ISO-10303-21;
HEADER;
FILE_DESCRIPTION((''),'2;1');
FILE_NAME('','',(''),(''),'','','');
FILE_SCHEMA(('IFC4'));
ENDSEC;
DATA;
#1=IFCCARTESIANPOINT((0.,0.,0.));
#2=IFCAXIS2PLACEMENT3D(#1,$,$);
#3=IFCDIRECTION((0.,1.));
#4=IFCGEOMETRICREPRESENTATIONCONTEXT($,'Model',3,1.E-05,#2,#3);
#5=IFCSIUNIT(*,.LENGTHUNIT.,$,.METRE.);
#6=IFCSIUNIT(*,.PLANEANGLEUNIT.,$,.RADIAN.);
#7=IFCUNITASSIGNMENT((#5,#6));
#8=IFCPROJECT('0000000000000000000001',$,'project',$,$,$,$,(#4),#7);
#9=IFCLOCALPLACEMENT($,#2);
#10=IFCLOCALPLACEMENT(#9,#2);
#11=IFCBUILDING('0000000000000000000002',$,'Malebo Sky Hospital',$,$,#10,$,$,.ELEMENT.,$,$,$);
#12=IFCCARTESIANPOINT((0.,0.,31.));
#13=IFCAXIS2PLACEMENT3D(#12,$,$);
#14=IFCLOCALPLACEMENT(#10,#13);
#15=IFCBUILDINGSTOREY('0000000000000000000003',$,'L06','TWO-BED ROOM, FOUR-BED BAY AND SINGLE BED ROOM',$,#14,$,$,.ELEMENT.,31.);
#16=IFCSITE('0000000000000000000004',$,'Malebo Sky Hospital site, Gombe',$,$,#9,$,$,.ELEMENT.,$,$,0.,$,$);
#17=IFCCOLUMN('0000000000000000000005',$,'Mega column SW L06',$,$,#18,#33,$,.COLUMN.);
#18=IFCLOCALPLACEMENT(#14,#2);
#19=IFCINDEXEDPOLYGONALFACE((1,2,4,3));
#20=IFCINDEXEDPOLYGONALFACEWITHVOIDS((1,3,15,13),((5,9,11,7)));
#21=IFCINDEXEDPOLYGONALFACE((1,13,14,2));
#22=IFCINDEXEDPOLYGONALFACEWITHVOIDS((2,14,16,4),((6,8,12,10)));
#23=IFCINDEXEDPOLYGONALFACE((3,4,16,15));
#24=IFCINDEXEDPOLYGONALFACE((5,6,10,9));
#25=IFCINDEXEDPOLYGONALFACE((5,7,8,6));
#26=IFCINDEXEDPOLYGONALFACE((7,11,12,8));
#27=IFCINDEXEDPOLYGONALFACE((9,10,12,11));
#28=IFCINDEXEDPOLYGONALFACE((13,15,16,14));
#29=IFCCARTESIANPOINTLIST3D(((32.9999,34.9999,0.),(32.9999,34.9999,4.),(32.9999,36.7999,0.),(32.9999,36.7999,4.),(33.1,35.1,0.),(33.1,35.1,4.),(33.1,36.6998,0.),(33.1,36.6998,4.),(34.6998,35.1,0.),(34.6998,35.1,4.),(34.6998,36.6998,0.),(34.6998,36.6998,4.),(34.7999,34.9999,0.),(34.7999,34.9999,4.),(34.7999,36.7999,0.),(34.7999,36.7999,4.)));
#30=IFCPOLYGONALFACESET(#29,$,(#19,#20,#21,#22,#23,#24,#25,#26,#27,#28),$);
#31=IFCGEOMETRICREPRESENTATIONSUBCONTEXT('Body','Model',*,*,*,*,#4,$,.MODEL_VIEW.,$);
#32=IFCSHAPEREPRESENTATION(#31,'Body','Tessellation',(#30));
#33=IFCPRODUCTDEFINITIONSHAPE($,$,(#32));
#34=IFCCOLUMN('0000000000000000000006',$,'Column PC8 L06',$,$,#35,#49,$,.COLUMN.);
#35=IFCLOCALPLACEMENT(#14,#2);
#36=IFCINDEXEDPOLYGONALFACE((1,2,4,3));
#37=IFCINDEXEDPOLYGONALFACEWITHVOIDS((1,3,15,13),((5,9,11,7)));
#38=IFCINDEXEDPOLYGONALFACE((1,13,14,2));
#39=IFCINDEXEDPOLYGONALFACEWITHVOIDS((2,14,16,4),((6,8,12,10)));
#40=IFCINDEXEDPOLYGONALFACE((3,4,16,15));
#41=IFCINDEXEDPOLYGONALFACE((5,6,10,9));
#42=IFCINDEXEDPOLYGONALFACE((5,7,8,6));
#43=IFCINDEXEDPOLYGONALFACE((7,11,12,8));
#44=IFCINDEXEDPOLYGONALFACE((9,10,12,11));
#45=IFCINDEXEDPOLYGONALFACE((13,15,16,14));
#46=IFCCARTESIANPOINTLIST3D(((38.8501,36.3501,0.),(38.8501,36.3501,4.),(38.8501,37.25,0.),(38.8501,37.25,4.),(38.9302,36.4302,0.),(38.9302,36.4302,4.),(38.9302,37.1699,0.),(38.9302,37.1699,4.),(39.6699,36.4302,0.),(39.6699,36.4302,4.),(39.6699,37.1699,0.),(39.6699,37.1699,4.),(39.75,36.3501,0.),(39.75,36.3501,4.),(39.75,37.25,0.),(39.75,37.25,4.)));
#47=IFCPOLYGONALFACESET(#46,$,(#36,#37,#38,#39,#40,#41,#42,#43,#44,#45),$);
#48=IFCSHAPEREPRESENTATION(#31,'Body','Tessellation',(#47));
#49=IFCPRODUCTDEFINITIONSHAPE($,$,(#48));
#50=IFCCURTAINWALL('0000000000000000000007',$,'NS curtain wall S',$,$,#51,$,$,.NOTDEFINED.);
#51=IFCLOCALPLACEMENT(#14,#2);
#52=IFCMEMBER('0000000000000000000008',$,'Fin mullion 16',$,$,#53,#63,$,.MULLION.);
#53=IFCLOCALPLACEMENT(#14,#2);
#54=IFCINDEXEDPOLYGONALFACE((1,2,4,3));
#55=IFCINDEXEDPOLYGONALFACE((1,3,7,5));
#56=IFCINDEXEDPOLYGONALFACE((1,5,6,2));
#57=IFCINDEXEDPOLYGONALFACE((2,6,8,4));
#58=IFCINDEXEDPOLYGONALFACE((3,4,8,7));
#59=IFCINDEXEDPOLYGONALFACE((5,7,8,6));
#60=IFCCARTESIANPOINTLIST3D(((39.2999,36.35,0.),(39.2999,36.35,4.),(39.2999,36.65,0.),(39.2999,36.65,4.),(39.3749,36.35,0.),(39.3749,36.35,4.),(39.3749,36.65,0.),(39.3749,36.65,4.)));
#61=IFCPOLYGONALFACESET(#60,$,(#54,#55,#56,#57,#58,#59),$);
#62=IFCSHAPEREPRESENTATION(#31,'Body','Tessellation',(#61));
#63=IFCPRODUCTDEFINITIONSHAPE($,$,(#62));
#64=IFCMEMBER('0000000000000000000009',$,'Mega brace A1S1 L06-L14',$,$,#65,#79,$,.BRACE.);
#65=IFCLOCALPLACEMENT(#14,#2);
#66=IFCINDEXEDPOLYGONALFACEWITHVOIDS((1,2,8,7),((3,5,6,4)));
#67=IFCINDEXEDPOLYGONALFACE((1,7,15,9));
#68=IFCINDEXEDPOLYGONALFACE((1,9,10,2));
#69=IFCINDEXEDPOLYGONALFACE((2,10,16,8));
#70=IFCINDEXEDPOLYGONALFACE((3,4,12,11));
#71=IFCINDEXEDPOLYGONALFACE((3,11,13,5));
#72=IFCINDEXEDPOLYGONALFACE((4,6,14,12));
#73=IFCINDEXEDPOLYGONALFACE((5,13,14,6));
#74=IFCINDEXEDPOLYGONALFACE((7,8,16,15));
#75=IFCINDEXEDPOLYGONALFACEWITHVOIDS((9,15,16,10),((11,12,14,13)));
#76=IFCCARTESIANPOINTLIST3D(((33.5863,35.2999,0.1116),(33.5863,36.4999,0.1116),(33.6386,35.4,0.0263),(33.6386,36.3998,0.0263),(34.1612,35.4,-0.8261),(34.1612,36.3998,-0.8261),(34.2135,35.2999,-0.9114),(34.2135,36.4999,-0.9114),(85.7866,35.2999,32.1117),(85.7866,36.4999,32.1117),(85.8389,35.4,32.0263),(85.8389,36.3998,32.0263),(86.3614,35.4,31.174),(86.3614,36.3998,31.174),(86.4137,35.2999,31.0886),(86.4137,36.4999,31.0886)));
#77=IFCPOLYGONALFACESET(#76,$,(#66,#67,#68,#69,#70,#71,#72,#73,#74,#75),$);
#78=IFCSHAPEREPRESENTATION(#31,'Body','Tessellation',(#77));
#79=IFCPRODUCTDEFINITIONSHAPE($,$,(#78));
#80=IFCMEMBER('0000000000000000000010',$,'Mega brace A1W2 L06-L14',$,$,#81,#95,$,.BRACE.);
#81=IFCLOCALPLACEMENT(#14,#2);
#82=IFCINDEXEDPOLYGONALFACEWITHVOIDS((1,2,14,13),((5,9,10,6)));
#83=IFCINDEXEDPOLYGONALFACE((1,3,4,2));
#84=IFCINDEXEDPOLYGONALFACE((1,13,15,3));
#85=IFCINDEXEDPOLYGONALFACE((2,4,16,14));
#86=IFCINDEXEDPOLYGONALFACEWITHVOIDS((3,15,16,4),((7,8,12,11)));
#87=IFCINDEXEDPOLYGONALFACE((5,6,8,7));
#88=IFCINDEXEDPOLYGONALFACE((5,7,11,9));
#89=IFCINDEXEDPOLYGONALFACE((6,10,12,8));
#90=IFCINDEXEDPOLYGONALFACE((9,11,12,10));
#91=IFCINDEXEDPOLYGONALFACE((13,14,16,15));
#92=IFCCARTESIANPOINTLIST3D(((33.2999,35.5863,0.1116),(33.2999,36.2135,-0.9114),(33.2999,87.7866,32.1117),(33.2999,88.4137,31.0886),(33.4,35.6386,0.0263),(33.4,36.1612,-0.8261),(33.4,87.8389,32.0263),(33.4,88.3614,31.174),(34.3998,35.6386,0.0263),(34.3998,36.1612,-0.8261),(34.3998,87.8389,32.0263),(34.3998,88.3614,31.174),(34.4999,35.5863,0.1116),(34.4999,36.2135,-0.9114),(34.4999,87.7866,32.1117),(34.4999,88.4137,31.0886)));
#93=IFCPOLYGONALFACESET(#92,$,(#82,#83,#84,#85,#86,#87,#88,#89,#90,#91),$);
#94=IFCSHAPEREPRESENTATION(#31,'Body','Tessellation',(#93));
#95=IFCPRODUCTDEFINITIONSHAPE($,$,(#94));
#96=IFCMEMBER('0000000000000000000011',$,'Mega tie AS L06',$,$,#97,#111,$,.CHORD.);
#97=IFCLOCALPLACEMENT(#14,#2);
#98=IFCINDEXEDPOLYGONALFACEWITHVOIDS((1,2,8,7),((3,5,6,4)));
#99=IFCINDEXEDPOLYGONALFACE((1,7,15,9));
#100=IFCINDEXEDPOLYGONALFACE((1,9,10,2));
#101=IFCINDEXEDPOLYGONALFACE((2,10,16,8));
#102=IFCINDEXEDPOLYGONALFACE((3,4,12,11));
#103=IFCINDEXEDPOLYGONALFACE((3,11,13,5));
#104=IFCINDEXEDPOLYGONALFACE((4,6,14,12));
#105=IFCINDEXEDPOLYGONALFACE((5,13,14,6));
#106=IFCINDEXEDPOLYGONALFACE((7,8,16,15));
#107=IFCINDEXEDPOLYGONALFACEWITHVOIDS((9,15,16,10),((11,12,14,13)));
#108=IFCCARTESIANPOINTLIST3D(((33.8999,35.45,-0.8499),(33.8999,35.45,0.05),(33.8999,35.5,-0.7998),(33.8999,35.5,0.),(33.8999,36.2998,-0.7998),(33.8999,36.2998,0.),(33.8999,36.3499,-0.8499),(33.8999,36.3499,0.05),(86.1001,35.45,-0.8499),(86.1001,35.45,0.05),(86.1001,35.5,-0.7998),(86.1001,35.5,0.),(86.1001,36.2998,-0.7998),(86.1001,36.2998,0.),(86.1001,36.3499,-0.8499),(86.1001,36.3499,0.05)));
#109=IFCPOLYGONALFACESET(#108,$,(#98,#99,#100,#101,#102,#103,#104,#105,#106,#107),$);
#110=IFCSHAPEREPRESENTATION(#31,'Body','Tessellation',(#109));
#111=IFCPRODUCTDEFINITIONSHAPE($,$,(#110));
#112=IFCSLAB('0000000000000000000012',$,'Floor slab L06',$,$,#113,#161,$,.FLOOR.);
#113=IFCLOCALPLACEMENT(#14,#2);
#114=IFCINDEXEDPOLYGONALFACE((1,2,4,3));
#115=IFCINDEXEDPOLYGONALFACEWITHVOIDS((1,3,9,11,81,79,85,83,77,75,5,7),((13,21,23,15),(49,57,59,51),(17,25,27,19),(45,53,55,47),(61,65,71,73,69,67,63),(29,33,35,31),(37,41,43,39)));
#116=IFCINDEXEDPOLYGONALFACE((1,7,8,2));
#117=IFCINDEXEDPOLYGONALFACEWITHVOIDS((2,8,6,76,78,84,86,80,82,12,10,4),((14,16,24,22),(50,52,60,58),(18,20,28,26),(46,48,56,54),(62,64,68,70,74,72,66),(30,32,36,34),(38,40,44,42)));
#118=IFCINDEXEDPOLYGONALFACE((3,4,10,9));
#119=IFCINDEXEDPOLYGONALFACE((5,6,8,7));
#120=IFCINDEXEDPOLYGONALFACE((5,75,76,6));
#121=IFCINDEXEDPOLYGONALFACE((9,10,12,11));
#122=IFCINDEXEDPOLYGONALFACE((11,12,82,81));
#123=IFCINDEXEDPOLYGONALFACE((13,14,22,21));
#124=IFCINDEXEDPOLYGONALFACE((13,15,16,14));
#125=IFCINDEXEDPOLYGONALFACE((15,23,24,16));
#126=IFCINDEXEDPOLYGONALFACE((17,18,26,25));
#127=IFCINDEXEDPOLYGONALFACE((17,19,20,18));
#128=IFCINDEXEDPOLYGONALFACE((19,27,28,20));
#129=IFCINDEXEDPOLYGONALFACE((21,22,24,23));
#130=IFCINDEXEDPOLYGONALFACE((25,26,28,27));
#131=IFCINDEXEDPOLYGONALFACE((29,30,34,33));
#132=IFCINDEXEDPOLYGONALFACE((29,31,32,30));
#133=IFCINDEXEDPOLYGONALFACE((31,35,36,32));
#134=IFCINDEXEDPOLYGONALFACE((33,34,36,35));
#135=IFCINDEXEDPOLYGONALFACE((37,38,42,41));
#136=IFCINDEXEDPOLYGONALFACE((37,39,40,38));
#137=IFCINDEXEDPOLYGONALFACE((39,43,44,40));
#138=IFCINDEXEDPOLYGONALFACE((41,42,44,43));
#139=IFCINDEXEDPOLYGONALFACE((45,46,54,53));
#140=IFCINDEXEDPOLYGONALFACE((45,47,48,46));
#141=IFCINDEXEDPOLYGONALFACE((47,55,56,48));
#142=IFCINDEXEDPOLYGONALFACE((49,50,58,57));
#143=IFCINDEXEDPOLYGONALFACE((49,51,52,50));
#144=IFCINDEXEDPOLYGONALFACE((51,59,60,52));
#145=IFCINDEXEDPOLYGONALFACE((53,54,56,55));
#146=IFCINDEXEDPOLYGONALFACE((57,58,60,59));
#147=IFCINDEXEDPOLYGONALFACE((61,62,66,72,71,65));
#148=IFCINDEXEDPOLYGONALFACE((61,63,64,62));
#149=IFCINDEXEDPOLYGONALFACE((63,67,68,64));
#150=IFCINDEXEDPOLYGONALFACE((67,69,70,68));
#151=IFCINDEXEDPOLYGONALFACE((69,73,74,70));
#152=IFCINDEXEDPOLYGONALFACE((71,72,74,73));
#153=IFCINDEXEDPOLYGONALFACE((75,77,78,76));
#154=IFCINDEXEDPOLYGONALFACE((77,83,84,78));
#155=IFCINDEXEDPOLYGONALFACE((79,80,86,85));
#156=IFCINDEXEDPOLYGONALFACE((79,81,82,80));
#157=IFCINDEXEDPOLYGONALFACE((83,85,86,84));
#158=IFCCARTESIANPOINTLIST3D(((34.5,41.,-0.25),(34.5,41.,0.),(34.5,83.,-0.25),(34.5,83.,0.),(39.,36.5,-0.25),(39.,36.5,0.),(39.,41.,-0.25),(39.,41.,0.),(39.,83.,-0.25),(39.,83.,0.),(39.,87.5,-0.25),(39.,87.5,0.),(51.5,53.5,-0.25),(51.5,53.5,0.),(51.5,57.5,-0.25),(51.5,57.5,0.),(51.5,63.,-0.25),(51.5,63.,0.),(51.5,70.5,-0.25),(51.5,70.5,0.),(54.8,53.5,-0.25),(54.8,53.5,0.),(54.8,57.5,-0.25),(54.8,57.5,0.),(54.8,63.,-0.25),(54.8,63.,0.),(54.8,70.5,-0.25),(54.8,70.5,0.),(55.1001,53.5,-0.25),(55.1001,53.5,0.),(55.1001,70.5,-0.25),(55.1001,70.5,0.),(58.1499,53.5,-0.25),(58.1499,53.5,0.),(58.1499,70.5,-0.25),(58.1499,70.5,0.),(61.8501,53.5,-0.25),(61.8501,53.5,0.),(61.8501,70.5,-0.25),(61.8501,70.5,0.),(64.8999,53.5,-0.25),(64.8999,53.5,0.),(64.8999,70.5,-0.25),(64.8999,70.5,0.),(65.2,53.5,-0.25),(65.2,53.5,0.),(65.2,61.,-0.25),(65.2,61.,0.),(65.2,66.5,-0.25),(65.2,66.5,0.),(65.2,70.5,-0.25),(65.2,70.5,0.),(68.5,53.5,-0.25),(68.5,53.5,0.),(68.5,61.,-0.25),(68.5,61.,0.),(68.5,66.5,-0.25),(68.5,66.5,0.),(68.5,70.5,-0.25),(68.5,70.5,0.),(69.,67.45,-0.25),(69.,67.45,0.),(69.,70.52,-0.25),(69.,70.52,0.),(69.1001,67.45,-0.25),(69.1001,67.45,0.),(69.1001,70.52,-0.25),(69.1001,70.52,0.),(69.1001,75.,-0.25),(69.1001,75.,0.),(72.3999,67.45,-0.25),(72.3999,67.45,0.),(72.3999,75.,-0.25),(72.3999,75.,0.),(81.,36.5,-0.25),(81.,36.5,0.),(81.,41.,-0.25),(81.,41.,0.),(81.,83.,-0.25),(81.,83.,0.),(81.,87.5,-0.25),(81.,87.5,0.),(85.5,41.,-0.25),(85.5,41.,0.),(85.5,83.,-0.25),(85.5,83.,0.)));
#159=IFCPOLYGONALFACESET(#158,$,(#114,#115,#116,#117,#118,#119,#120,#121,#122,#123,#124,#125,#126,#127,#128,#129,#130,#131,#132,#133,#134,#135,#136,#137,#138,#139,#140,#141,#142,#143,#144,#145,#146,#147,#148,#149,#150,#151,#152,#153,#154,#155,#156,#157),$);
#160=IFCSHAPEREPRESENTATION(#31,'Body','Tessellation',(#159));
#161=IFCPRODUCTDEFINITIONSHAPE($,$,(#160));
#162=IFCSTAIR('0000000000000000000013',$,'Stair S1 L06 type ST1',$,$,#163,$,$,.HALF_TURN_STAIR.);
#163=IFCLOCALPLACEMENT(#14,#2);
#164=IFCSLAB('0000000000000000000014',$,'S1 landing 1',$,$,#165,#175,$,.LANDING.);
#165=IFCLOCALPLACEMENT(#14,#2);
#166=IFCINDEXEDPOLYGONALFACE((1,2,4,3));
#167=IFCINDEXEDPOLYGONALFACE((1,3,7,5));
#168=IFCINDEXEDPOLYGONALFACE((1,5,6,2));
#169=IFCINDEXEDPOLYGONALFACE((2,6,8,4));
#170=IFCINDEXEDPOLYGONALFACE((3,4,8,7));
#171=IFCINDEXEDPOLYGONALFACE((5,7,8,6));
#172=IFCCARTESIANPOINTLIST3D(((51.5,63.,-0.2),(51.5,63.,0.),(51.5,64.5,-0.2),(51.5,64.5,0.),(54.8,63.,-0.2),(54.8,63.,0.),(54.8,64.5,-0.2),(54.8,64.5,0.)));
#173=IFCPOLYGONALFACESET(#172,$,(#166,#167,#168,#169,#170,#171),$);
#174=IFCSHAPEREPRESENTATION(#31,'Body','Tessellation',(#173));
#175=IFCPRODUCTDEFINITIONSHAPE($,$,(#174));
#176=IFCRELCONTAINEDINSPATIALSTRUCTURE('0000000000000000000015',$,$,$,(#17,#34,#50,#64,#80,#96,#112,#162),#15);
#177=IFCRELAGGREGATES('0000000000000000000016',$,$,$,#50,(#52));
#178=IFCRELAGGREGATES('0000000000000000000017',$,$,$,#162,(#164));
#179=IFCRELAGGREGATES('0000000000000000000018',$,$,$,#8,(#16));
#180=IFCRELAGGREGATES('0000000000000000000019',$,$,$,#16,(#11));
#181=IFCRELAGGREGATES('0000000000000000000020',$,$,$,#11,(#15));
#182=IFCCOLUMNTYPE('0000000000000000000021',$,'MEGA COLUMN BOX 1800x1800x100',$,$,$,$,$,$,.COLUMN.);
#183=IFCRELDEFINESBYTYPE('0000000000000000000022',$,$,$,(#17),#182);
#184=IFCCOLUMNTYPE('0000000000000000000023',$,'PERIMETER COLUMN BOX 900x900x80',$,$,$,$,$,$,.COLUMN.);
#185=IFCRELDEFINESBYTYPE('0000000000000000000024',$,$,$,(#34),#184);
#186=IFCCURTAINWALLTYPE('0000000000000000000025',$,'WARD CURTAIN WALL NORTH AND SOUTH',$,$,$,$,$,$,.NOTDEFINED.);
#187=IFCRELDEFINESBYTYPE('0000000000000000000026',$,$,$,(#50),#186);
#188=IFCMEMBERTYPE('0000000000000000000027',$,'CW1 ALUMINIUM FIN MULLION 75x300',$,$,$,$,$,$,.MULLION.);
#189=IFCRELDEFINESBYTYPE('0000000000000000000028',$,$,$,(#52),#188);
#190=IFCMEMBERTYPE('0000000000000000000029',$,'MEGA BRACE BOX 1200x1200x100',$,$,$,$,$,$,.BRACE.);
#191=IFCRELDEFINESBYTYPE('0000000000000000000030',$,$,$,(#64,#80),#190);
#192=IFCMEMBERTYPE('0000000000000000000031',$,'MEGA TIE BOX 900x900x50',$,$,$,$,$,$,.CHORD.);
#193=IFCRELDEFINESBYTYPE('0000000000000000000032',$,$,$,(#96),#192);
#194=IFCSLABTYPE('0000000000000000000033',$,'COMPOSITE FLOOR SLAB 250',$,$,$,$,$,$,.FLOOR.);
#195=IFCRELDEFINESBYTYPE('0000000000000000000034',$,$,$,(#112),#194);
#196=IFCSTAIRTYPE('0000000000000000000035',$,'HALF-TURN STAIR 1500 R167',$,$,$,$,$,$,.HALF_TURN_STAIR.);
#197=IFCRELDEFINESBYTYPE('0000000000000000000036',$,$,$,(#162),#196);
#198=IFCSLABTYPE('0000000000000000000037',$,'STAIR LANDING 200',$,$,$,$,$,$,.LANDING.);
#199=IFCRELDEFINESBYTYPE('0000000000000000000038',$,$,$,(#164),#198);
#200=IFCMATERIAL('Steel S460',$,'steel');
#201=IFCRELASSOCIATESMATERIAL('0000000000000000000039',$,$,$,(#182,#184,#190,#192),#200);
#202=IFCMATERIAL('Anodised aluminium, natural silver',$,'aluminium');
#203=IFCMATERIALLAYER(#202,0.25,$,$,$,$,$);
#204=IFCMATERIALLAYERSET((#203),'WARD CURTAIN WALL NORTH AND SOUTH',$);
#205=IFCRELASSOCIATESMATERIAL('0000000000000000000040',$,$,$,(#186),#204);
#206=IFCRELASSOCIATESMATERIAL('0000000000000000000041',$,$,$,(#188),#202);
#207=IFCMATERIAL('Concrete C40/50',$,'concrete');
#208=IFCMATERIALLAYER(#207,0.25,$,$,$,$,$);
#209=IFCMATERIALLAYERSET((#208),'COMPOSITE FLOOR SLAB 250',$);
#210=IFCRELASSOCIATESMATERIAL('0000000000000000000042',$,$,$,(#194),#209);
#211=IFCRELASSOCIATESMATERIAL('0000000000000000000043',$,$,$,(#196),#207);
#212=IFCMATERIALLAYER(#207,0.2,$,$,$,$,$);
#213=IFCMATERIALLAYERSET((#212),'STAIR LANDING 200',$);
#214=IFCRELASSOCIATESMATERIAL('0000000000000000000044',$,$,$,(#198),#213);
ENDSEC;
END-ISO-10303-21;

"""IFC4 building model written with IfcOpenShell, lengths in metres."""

from ifc_helpers import new_model, si_unit, direction, frame, origin, origin_2d, place, context, subcontext, project, spatial, polyline, rectangle, hollow_rectangle, outline, extrude, material, layer, layer_set, material_profile, profile_set, type_object, element, aggregate, save


model = new_model("IFC4")

# Units and contexts
model_context = context("Model", 3, precision=1e-05, world=origin(), true_north=direction((0.0, 1.0)))
body_context = subcontext(model_context, "Body", "Model", "MODEL_VIEW")
ifc_project = project(units=[si_unit("LENGTHUNIT", "METRE"), si_unit("PLANEANGLEUNIT", "RADIAN")], contexts=[model_context])

# Site, building, storey
site_placement = place(None, origin())
site = spatial("IfcSite", under=ifc_project, at=site_placement, Name="Malebo Sky Hospital site, Gombe", CompositionType="ELEMENT", RefElevation=0.0)
building_placement = place(site_placement, origin())
building = spatial("IfcBuilding", under=site, at=building_placement, Name="Malebo Sky Hospital", CompositionType="ELEMENT")
storey_placement = place(building_placement, frame((0.0, 0.0, 31.0)))
storey = spatial("IfcBuildingStorey", under=building, at=storey_placement, Name="L06", Description="TWO-BED ROOM, FOUR-BED BAY AND SINGLE BED ROOM", CompositionType="ELEMENT", Elevation=31.0)

# Columns
ifc_material_1 = material(Name="Steel S460", Category="steel")
ifc_material_profile_1 = material_profile(ifc_material_1, hollow_rectangle(XDim=1.8, YDim=1.8, WallThickness=0.1001, at=origin_2d()), Name="BOX 1800x1800x100")
ifc_profile_set_1 = profile_set([ifc_material_profile_1], Name="Steel S460")
column_type_1 = type_object("IfcColumnType", Name="MEGA COLUMN BOX 1800x1800x100", PredefinedType="COLUMN", material=ifc_profile_set_1)
column_1_placement = place(storey_placement, frame((33.8999, 35.8999, 0.0), z_axis=(0.0, 0.0, 1.0), x_axis=(1.0, 0.0, 0.0)))
element("IfcColumn", 1, at=column_1_placement, inside=storey, type_object=column_type_1, Name="Mega column SW L06", PredefinedType="COLUMN", context=body_context, shape_type="SweptSolid", body=[
    extrude(hollow_rectangle(XDim=1.8, YDim=1.8, WallThickness=0.1001, at=origin_2d()), origin(), (0.0, 0.0, 1.0), 4.0),
])
ifc_material_profile_2 = material_profile(ifc_material_1, hollow_rectangle(XDim=0.8999, YDim=0.8999, WallThickness=0.0801, at=origin_2d()), Name="BOX 900x900x80")
ifc_profile_set_2 = profile_set([ifc_material_profile_2], Name="Steel S460")
column_type_2 = type_object("IfcColumnType", Name="PERIMETER COLUMN BOX 900x900x80", PredefinedType="COLUMN", material=ifc_profile_set_2)
column_2_placement = place(storey_placement, frame((39.3, 36.8, 0.0), z_axis=(0.0, 0.0, 1.0), x_axis=(1.0, 0.0, 0.0)))
element("IfcColumn", 2, at=column_2_placement, inside=storey, type_object=column_type_2, Name="Column PC8 L06", PredefinedType="COLUMN", context=body_context, shape_type="SweptSolid", body=[
    extrude(hollow_rectangle(XDim=0.8999, YDim=0.8999, WallThickness=0.0801, at=origin_2d()), origin(), (0.0, 0.0, 1.0), 4.0),
])

# Curtain wall, member
ifc_material_2 = material(Name="Anodised aluminium, natural silver", Category="aluminium")
ifc_layer_1 = layer(ifc_material_2, 0.25)
ifc_layer_set_1 = layer_set([ifc_layer_1], Name="WARD CURTAIN WALL NORTH AND SOUTH")
curtain_wall_type = type_object("IfcCurtainWallType", Name="WARD CURTAIN WALL NORTH AND SOUTH", PredefinedType="NOTDEFINED", material=ifc_layer_set_1)
curtain_wall_placement = place(storey_placement, origin())
curtain_wall = element("IfcCurtainWall", 3, at=curtain_wall_placement, inside=storey, type_object=curtain_wall_type, Name="NS curtain wall S", PredefinedType="NOTDEFINED")
ifc_material_profile_3 = material_profile(ifc_material_2, rectangle(XDim=0.075, YDim=0.3, at=origin_2d()), Name="CW1 ALUMINIUM FIN MULLION 75x300")
ifc_profile_set_3 = profile_set([ifc_material_profile_3], Name="Anodised aluminium, natural silver")
member_type_1 = type_object("IfcMemberType", Name="CW1 ALUMINIUM FIN MULLION 75x300", PredefinedType="MULLION", material=ifc_profile_set_3)
member_1_placement = place(storey_placement, frame((39.3374, 36.5, 0.0), z_axis=(0.0, 0.0, 1.0), x_axis=(-1.0, 0.0, 0.0)))
member_1 = element("IfcMember", 4, at=member_1_placement, type_object=member_type_1, Name="Fin mullion 16", PredefinedType="MULLION", context=body_context, shape_type="SweptSolid", body=[
    extrude(rectangle(XDim=0.075, YDim=0.3, at=origin_2d()), origin(), (0.0, 0.0, 1.0), 4.0),
])
aggregate(curtain_wall, [member_1])

# Members
ifc_material_profile_4 = material_profile(ifc_material_1, hollow_rectangle(XDim=1.2, YDim=1.2, WallThickness=0.1001, at=origin_2d()), Name="BOX 1200x1200x100")
ifc_profile_set_4 = profile_set([ifc_material_profile_4], Name="Steel S460")
member_type_2 = type_object("IfcMemberType", Name="MEGA BRACE BOX 1200x1200x100", PredefinedType="BRACE", material=ifc_profile_set_4)
for number, where, z_axis, x_axis, name in (
    (5, (33.8999, 35.8999, -0.3999), (0.852555, 0.0, 0.522637), (0.0, 1.0, 0.0), "Mega brace A1S1 L06-L14"),
    (6, (33.8999, 35.8999, -0.3999), (0.0, 0.852555, 0.522637), (-1.0, 0.0, 0.0), "Mega brace A1W2 L06-L14"),
):
    element("IfcMember", number, at=place(storey_placement, frame(where, z_axis=z_axis, x_axis=x_axis)), inside=storey, type_object=member_type_2, Name=name, PredefinedType="BRACE", context=body_context, shape_type="SweptSolid", body=[
        extrude(hollow_rectangle(XDim=1.2, YDim=1.2, WallThickness=0.1001, at=origin_2d()), origin(), (0.0, 0.0, 1.0), 61.228),
    ])
ifc_material_profile_5 = material_profile(ifc_material_1, hollow_rectangle(XDim=0.8999, YDim=0.8999, WallThickness=0.05, at=origin_2d()), Name="BOX 900x900x50")
ifc_profile_set_5 = profile_set([ifc_material_profile_5], Name="Steel S460")
member_type_3 = type_object("IfcMemberType", Name="MEGA TIE BOX 900x900x50", PredefinedType="CHORD", material=ifc_profile_set_5)
member_2_placement = place(storey_placement, frame((33.8999, 35.8999, -0.3999), z_axis=(1.0, 0.0, 0.0), x_axis=(0.0, 1.0, 0.0)))
element("IfcMember", 7, at=member_2_placement, inside=storey, type_object=member_type_3, Name="Mega tie AS L06", PredefinedType="CHORD", context=body_context, shape_type="SweptSolid", body=[
    extrude(hollow_rectangle(XDim=0.8999, YDim=0.8999, WallThickness=0.05, at=origin_2d()), origin(), (0.0, 0.0, 1.0), 52.2002),
])

# Slab
ifc_material_3 = material(Name="Concrete C40/50", Category="concrete")
ifc_layer_2 = layer(ifc_material_3, 0.25)
ifc_layer_set_2 = layer_set([ifc_layer_2], Name="COMPOSITE FLOOR SLAB 250")
slab_type_1 = type_object("IfcSlabType", Name="COMPOSITE FLOOR SLAB 250", PredefinedType="FLOOR", material=ifc_layer_set_2)
slab_1_placement = place(storey_placement, frame((0.0, 0.0, -0.25)))
element("IfcSlab", 8, at=slab_1_placement, inside=storey, type_object=slab_type_1, Name="Floor slab L06", PredefinedType="FLOOR", context=body_context, shape_type="SweptSolid", body=[
    extrude(outline(polyline([(39.0, 87.5), (39.0, 83.0), (34.5, 83.0), (34.5, 41.0), (39.0, 41.0), (39.0, 36.5), (81.0, 36.5), (81.0, 41.0), (85.5, 41.0), (85.5, 83.0), (81.0, 83.0), (81.0, 87.5), (39.0, 87.5)]), holes=[polyline([(55.1001, 70.5), (58.1499, 70.5), (58.1499, 53.5), (55.1001, 53.5), (55.1001, 70.5)]), polyline([(64.8999, 70.5), (64.8999, 53.5), (61.8501, 53.5), (61.8501, 70.5), (64.8999, 70.5)]), polyline([(54.8, 63.0), (51.5, 63.0), (51.5, 70.5), (54.8, 70.5), (54.8, 63.0)]), polyline([(51.5, 53.5), (51.5, 57.5), (54.8, 57.5), (54.8, 53.5), (51.5, 53.5)]), polyline([(65.2, 61.0), (68.5, 61.0), (68.5, 53.5), (65.2, 53.5), (65.2, 61.0)]), polyline([(68.5, 70.5), (68.5, 66.5), (65.2, 66.5), (65.2, 70.5), (68.5, 70.5)]), polyline([(69.0, 67.45), (69.0, 70.52), (69.1001, 70.52), (69.1001, 75.0), (72.3999, 75.0), (72.3999, 67.45), (69.1001, 67.45), (69.0, 67.45)])]), origin(), (0.0, 0.0, 1.0), 0.25),
])

# Stair, slab
stair_type_1 = type_object("IfcStairType", Name="HALF-TURN STAIR 1500 R167", PredefinedType="HALF_TURN_STAIR", material=ifc_material_3)
stair_1_placement = place(storey_placement, origin())
stair_1 = element("IfcStair", 9, at=stair_1_placement, inside=storey, type_object=stair_type_1, Name="Stair S1 L06 type ST1", PredefinedType="HALF_TURN_STAIR")
ifc_layer_3 = layer(ifc_material_3, 0.2)
ifc_layer_set_3 = layer_set([ifc_layer_3], Name="STAIR LANDING 200")
slab_type_2 = type_object("IfcSlabType", Name="STAIR LANDING 200", PredefinedType="LANDING", material=ifc_layer_set_3)
slab_2_placement = place(storey_placement, frame((0.0, 0.0, -0.2)))
slab_2 = element("IfcSlab", 10, at=slab_2_placement, type_object=slab_type_2, Name="S1 landing 1", PredefinedType="LANDING", context=body_context, shape_type="SweptSolid", body=[
    extrude(outline(polyline([(51.5, 63.0), (54.8, 63.0), (54.8, 64.5), (51.5, 64.5), (51.5, 63.0)])), origin(), (0.0, 0.0, 1.0), 0.2),
])
aggregate(stair_1, [slab_2])

save(model, "model.ifc")
